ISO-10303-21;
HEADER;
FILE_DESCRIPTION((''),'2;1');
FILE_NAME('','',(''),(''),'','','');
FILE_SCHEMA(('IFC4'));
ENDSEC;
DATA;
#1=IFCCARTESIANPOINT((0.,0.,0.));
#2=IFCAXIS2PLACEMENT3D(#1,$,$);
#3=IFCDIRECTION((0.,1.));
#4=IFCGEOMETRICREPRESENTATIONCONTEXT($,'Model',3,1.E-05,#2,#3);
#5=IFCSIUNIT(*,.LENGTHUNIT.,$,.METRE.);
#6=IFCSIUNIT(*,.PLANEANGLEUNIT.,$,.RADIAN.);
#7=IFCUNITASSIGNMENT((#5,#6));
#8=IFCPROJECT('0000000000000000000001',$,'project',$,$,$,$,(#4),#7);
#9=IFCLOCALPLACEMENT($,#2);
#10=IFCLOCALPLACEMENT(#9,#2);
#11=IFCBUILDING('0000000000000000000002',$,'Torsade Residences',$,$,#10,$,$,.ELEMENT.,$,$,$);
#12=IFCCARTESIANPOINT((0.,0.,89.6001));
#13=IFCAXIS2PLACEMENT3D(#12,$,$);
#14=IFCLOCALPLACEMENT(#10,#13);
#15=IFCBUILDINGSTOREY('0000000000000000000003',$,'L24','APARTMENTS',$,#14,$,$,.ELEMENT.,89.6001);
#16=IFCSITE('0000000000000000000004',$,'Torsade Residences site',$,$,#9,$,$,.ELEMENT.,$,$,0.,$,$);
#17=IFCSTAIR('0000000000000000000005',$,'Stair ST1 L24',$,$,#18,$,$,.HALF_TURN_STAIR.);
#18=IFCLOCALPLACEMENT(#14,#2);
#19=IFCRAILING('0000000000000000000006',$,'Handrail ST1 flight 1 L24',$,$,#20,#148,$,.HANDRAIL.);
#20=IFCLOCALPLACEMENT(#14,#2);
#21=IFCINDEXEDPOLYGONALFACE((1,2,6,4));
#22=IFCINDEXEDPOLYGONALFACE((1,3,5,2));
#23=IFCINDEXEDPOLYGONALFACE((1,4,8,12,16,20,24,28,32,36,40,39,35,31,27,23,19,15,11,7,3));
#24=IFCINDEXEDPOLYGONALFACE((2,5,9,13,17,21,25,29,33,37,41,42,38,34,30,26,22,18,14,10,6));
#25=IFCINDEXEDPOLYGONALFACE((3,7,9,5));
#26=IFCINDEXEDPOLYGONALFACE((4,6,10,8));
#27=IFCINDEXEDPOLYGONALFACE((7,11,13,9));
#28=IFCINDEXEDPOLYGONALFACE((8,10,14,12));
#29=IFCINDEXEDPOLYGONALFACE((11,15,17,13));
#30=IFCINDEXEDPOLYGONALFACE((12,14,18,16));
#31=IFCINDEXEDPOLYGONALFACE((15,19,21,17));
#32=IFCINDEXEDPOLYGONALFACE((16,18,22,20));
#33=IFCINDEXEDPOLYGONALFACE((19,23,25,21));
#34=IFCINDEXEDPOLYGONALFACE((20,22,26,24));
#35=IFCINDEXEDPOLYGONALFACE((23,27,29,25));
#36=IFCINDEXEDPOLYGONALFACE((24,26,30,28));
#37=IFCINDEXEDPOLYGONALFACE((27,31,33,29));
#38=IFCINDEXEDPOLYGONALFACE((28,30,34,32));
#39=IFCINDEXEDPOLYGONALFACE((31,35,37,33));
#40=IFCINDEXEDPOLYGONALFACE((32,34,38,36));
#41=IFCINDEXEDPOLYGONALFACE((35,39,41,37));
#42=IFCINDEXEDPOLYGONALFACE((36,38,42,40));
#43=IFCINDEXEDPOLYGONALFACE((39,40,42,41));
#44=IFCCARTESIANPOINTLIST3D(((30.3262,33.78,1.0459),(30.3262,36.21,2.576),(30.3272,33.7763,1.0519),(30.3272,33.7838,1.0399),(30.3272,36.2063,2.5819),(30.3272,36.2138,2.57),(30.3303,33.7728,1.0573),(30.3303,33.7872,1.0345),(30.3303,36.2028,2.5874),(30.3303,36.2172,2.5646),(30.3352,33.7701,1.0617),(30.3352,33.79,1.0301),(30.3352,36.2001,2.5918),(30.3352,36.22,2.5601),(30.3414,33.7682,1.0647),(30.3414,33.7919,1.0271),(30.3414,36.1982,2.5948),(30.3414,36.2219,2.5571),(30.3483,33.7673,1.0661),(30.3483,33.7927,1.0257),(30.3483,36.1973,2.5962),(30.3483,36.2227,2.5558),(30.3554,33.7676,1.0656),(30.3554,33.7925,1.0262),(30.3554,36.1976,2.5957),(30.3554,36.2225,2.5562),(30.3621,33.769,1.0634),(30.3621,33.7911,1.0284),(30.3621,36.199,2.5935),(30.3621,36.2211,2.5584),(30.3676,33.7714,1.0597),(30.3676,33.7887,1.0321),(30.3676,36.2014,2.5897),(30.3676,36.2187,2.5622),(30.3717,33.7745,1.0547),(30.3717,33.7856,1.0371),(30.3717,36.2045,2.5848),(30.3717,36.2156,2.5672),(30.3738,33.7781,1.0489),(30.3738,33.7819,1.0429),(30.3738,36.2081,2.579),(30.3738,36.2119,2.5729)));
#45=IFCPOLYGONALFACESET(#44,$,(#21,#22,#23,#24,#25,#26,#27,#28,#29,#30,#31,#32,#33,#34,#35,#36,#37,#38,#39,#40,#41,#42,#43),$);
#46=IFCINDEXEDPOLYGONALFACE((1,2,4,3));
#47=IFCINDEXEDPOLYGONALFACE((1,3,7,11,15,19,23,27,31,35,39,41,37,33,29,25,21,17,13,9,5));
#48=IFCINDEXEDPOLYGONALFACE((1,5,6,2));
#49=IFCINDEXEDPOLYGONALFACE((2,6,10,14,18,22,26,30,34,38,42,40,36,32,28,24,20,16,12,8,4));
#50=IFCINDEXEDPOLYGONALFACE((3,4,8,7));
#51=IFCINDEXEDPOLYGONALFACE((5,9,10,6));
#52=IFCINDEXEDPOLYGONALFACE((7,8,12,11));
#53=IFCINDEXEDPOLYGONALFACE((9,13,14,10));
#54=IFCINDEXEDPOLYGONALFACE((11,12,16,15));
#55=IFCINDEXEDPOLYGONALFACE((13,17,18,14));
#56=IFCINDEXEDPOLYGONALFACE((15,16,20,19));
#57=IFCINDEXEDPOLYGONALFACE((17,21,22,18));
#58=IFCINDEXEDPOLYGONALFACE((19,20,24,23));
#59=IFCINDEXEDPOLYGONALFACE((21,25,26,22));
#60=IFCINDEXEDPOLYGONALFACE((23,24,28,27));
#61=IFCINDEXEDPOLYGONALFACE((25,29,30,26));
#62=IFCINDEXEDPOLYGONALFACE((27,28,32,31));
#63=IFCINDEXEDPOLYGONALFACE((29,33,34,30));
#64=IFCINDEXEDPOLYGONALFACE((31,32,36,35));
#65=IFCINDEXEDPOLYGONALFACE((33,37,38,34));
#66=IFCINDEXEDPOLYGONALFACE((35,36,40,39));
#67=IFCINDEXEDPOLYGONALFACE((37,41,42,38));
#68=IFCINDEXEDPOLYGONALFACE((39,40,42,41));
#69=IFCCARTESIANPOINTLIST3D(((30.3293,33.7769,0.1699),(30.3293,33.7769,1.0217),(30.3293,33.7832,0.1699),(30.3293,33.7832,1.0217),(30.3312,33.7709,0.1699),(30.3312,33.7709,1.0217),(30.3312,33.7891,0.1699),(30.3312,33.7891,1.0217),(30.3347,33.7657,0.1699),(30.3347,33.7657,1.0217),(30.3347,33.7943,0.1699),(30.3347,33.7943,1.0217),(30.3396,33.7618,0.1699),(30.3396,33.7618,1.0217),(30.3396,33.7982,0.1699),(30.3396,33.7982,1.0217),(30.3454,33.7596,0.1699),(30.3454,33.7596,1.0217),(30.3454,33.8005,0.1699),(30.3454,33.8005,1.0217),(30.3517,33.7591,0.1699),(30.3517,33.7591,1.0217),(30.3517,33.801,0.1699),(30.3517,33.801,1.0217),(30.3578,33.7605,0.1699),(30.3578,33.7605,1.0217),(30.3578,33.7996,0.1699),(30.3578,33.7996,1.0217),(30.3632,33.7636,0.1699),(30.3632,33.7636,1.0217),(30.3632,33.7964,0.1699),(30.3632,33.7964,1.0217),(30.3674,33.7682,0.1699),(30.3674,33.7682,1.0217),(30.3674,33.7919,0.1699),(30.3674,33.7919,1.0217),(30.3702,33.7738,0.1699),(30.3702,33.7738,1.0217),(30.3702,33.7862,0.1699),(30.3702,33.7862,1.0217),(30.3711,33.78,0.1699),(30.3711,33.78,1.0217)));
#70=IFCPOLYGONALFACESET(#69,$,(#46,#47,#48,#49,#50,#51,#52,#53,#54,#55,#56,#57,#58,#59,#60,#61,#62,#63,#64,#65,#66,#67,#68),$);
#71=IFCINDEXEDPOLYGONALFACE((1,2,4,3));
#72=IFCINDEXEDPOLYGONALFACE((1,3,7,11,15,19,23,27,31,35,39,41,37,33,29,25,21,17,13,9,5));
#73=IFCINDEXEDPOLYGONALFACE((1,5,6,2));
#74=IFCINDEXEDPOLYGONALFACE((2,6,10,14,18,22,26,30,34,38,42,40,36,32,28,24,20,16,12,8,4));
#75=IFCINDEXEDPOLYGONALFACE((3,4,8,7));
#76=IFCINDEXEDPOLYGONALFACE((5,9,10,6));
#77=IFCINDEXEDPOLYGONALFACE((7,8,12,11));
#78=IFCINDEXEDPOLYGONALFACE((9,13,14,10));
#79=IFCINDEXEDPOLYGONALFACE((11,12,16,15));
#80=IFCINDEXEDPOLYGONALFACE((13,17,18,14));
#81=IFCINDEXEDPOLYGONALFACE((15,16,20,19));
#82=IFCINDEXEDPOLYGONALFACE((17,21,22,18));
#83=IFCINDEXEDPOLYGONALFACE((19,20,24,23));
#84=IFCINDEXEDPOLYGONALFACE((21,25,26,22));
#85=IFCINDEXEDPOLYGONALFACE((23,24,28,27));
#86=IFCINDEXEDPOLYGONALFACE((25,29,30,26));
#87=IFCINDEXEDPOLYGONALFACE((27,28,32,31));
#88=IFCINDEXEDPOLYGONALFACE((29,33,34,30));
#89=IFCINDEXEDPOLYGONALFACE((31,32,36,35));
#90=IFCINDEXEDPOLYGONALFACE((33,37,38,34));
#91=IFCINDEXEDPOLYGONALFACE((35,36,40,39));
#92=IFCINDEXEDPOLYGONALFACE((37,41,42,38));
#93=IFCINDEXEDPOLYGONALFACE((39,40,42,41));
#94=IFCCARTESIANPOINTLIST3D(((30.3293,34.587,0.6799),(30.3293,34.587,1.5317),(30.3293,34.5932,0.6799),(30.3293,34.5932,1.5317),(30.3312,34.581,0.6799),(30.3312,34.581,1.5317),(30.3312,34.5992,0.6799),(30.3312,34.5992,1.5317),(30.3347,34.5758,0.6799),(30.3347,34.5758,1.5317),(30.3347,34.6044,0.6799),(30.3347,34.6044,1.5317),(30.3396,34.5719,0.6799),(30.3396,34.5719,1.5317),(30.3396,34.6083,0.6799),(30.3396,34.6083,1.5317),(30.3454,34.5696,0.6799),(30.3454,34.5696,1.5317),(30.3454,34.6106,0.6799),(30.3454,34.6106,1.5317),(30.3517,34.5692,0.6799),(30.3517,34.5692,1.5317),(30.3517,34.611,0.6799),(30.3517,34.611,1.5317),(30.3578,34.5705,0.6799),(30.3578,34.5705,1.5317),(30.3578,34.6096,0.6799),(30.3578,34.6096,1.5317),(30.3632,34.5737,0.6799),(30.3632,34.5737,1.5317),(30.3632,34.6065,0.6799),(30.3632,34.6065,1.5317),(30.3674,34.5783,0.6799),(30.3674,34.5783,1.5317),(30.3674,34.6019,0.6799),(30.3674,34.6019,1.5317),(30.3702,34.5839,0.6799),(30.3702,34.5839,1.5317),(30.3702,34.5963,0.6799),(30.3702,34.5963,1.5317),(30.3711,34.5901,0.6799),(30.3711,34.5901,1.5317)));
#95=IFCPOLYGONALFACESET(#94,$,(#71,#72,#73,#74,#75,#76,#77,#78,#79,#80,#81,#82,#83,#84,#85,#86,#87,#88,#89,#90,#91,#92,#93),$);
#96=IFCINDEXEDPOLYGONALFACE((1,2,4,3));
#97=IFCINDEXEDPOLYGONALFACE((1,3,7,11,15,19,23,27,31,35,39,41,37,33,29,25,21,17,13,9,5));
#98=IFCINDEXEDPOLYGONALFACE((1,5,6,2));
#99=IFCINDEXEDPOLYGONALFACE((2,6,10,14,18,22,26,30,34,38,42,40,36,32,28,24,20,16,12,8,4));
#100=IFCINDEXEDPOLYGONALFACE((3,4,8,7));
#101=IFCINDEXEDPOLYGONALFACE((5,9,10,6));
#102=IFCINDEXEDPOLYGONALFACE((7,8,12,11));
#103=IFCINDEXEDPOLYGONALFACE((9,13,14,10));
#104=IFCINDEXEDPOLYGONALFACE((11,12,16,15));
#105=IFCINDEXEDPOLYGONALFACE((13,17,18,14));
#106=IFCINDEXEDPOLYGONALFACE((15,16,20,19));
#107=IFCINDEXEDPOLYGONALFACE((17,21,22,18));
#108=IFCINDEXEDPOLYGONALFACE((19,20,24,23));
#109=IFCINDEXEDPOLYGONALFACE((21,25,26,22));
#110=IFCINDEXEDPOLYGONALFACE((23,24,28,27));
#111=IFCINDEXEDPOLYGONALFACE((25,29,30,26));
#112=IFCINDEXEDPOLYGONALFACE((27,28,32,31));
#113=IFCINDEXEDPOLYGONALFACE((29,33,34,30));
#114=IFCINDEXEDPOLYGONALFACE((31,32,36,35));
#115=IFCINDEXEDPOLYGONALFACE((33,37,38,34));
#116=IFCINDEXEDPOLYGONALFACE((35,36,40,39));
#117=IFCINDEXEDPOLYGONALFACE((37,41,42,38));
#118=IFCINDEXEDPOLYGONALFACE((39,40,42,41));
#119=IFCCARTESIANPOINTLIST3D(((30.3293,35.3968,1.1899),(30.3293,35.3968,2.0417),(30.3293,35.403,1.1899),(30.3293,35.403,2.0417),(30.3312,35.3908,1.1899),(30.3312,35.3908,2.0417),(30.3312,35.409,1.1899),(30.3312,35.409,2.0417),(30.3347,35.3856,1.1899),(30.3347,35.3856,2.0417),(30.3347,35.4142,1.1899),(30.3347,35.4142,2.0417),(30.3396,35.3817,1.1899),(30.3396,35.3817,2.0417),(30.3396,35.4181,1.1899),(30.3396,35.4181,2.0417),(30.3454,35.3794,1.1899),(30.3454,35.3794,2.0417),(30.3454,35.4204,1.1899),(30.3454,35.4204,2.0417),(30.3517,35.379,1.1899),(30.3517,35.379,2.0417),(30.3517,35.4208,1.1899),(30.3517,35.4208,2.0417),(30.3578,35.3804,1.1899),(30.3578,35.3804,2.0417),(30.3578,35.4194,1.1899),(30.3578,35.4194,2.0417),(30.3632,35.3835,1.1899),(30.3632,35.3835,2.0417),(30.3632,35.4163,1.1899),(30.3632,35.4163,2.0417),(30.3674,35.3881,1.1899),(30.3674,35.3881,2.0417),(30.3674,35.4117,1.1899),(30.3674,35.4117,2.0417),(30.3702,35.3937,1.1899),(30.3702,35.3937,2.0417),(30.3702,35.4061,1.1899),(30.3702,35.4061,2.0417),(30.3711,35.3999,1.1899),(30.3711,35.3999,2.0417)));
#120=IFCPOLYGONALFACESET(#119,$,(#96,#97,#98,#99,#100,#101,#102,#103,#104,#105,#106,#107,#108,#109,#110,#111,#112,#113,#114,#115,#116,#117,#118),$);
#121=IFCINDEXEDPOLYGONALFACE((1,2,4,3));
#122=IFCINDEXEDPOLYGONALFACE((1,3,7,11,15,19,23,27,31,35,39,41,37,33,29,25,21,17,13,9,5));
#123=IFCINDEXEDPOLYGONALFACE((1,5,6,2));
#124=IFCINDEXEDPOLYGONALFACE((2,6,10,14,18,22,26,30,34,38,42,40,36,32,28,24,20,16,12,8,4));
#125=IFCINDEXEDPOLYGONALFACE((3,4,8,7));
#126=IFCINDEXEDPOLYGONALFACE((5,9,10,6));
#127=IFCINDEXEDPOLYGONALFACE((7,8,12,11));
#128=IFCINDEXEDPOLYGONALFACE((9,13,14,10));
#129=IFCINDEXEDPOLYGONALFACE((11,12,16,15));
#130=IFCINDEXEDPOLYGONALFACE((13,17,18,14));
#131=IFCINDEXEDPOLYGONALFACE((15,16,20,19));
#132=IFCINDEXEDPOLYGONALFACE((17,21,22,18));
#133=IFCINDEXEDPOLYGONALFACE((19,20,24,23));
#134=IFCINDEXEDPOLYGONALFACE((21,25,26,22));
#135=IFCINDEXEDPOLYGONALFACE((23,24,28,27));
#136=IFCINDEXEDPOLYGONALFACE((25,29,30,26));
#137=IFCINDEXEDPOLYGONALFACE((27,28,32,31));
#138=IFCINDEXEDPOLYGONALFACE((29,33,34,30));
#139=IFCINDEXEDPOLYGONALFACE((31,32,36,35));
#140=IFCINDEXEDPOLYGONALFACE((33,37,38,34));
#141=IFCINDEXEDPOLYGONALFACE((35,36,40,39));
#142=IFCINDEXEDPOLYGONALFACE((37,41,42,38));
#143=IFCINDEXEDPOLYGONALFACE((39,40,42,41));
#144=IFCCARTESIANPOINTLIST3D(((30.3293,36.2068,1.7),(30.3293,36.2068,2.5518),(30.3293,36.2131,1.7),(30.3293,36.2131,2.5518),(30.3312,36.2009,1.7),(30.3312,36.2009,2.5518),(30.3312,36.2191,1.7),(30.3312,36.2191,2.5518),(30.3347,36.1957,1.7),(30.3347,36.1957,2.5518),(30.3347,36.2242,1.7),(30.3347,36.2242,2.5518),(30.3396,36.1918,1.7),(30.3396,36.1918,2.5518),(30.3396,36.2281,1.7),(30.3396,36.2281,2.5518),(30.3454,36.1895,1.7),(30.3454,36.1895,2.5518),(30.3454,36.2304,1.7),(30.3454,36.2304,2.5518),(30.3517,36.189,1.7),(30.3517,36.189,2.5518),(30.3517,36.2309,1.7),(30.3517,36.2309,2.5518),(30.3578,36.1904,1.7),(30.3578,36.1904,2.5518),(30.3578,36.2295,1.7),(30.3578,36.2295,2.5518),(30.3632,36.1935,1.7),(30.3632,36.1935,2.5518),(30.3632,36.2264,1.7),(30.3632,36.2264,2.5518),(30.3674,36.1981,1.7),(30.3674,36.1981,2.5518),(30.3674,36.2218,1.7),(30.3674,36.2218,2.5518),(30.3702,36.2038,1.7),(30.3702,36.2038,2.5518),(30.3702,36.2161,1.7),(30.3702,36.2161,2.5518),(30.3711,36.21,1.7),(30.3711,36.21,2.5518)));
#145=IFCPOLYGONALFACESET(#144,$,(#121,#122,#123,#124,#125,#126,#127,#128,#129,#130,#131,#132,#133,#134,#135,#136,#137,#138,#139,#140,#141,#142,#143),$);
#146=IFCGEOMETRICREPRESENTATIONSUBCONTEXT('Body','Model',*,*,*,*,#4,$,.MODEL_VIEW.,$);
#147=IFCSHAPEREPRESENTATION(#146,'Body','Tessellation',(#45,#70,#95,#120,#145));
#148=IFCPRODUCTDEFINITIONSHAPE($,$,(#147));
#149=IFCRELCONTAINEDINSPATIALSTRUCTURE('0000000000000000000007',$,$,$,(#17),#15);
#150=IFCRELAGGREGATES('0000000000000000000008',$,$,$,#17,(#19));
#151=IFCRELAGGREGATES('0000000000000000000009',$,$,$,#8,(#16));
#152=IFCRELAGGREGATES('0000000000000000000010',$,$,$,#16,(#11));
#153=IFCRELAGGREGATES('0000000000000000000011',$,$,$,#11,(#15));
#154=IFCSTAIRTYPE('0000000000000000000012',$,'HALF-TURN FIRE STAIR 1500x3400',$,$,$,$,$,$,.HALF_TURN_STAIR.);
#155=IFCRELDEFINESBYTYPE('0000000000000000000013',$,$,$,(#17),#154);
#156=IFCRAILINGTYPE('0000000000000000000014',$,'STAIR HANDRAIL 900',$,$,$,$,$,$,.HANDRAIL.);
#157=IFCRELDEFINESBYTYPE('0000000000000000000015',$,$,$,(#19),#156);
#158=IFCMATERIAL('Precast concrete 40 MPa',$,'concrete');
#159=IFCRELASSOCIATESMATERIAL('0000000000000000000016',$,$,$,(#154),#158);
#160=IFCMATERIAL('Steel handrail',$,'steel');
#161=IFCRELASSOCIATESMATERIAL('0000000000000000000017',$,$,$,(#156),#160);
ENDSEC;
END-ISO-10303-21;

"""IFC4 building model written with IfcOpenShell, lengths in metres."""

from ifc_helpers import new_model, si_unit, direction, frame, origin, origin_2d, place, context, subcontext, project, spatial, circle, extrude, material, type_object, element, aggregate, save


model = new_model("IFC4")

# Units and contexts
model_context = context("Model", 3, precision=1e-05, world=origin(), true_north=direction((0.0, 1.0)))
body_context = subcontext(model_context, "Body", "Model", "MODEL_VIEW")
ifc_project = project(units=[si_unit("LENGTHUNIT", "METRE"), si_unit("PLANEANGLEUNIT", "RADIAN")], contexts=[model_context])

# Site, building, storey
site_placement = place(None, origin())
site = spatial("IfcSite", under=ifc_project, at=site_placement, Name="Torsade Residences site", CompositionType="ELEMENT", RefElevation=0.0)
building_placement = place(site_placement, origin())
building = spatial("IfcBuilding", under=site, at=building_placement, Name="Torsade Residences", CompositionType="ELEMENT")
storey_placement = place(building_placement, frame((0.0, 0.0, 89.6001)))
storey = spatial("IfcBuildingStorey", under=building, at=storey_placement, Name="L24", Description="APARTMENTS", CompositionType="ELEMENT", Elevation=89.6001)

# Stair, railing
ifc_material_1 = material(Name="Precast concrete 40 MPa", Category="concrete")
stair_type = type_object("IfcStairType", Name="HALF-TURN FIRE STAIR 1500x3400", PredefinedType="HALF_TURN_STAIR", material=ifc_material_1)
stair_placement = place(storey_placement, origin())
stair = element("IfcStair", 1, at=stair_placement, inside=storey, type_object=stair_type, Name="Stair ST1 L24", PredefinedType="HALF_TURN_STAIR")
ifc_material_2 = material(Name="Steel handrail", Category="steel")
railing_type = type_object("IfcRailingType", Name="STAIR HANDRAIL 900", PredefinedType="HANDRAIL", material=ifc_material_2)
railing_1_placement = place(storey_placement, frame((30.3501, 33.78, 0.1699)))
railing_1 = element("IfcRailing", 2, at=railing_1_placement, type_object=railing_type, Name="Handrail ST1 flight 1 L24", PredefinedType="HANDRAIL", context=body_context, shape_type="SweptSolid", body=[
    extrude(circle(Radius=0.0239, at=origin_2d()), frame((0.0, 0.0, 0.876), z_axis=(0.0, 0.846221, 0.532831), x_axis=(-1.0, 0.0, 0.0)), (0.0, 0.0, 1.0), 2.8716),
    extrude(circle(Radius=0.021, at=origin_2d()), origin(), (0.0, 0.0, 1.0), 0.8518),
    extrude(circle(Radius=0.021, at=origin_2d()), frame((0.0, 0.8101, 0.51)), (0.0, 0.0, 1.0), 0.8518),
    extrude(circle(Radius=0.021, at=origin_2d()), frame((0.0, 1.6199, 1.02)), (0.0, 0.0, 1.0), 0.8518),
    extrude(circle(Radius=0.021, at=origin_2d()), frame((0.0, 2.4299, 1.53)), (0.0, 0.0, 1.0), 0.8518),
])
aggregate(stair, [railing_1])

save(model, "model.ifc")
